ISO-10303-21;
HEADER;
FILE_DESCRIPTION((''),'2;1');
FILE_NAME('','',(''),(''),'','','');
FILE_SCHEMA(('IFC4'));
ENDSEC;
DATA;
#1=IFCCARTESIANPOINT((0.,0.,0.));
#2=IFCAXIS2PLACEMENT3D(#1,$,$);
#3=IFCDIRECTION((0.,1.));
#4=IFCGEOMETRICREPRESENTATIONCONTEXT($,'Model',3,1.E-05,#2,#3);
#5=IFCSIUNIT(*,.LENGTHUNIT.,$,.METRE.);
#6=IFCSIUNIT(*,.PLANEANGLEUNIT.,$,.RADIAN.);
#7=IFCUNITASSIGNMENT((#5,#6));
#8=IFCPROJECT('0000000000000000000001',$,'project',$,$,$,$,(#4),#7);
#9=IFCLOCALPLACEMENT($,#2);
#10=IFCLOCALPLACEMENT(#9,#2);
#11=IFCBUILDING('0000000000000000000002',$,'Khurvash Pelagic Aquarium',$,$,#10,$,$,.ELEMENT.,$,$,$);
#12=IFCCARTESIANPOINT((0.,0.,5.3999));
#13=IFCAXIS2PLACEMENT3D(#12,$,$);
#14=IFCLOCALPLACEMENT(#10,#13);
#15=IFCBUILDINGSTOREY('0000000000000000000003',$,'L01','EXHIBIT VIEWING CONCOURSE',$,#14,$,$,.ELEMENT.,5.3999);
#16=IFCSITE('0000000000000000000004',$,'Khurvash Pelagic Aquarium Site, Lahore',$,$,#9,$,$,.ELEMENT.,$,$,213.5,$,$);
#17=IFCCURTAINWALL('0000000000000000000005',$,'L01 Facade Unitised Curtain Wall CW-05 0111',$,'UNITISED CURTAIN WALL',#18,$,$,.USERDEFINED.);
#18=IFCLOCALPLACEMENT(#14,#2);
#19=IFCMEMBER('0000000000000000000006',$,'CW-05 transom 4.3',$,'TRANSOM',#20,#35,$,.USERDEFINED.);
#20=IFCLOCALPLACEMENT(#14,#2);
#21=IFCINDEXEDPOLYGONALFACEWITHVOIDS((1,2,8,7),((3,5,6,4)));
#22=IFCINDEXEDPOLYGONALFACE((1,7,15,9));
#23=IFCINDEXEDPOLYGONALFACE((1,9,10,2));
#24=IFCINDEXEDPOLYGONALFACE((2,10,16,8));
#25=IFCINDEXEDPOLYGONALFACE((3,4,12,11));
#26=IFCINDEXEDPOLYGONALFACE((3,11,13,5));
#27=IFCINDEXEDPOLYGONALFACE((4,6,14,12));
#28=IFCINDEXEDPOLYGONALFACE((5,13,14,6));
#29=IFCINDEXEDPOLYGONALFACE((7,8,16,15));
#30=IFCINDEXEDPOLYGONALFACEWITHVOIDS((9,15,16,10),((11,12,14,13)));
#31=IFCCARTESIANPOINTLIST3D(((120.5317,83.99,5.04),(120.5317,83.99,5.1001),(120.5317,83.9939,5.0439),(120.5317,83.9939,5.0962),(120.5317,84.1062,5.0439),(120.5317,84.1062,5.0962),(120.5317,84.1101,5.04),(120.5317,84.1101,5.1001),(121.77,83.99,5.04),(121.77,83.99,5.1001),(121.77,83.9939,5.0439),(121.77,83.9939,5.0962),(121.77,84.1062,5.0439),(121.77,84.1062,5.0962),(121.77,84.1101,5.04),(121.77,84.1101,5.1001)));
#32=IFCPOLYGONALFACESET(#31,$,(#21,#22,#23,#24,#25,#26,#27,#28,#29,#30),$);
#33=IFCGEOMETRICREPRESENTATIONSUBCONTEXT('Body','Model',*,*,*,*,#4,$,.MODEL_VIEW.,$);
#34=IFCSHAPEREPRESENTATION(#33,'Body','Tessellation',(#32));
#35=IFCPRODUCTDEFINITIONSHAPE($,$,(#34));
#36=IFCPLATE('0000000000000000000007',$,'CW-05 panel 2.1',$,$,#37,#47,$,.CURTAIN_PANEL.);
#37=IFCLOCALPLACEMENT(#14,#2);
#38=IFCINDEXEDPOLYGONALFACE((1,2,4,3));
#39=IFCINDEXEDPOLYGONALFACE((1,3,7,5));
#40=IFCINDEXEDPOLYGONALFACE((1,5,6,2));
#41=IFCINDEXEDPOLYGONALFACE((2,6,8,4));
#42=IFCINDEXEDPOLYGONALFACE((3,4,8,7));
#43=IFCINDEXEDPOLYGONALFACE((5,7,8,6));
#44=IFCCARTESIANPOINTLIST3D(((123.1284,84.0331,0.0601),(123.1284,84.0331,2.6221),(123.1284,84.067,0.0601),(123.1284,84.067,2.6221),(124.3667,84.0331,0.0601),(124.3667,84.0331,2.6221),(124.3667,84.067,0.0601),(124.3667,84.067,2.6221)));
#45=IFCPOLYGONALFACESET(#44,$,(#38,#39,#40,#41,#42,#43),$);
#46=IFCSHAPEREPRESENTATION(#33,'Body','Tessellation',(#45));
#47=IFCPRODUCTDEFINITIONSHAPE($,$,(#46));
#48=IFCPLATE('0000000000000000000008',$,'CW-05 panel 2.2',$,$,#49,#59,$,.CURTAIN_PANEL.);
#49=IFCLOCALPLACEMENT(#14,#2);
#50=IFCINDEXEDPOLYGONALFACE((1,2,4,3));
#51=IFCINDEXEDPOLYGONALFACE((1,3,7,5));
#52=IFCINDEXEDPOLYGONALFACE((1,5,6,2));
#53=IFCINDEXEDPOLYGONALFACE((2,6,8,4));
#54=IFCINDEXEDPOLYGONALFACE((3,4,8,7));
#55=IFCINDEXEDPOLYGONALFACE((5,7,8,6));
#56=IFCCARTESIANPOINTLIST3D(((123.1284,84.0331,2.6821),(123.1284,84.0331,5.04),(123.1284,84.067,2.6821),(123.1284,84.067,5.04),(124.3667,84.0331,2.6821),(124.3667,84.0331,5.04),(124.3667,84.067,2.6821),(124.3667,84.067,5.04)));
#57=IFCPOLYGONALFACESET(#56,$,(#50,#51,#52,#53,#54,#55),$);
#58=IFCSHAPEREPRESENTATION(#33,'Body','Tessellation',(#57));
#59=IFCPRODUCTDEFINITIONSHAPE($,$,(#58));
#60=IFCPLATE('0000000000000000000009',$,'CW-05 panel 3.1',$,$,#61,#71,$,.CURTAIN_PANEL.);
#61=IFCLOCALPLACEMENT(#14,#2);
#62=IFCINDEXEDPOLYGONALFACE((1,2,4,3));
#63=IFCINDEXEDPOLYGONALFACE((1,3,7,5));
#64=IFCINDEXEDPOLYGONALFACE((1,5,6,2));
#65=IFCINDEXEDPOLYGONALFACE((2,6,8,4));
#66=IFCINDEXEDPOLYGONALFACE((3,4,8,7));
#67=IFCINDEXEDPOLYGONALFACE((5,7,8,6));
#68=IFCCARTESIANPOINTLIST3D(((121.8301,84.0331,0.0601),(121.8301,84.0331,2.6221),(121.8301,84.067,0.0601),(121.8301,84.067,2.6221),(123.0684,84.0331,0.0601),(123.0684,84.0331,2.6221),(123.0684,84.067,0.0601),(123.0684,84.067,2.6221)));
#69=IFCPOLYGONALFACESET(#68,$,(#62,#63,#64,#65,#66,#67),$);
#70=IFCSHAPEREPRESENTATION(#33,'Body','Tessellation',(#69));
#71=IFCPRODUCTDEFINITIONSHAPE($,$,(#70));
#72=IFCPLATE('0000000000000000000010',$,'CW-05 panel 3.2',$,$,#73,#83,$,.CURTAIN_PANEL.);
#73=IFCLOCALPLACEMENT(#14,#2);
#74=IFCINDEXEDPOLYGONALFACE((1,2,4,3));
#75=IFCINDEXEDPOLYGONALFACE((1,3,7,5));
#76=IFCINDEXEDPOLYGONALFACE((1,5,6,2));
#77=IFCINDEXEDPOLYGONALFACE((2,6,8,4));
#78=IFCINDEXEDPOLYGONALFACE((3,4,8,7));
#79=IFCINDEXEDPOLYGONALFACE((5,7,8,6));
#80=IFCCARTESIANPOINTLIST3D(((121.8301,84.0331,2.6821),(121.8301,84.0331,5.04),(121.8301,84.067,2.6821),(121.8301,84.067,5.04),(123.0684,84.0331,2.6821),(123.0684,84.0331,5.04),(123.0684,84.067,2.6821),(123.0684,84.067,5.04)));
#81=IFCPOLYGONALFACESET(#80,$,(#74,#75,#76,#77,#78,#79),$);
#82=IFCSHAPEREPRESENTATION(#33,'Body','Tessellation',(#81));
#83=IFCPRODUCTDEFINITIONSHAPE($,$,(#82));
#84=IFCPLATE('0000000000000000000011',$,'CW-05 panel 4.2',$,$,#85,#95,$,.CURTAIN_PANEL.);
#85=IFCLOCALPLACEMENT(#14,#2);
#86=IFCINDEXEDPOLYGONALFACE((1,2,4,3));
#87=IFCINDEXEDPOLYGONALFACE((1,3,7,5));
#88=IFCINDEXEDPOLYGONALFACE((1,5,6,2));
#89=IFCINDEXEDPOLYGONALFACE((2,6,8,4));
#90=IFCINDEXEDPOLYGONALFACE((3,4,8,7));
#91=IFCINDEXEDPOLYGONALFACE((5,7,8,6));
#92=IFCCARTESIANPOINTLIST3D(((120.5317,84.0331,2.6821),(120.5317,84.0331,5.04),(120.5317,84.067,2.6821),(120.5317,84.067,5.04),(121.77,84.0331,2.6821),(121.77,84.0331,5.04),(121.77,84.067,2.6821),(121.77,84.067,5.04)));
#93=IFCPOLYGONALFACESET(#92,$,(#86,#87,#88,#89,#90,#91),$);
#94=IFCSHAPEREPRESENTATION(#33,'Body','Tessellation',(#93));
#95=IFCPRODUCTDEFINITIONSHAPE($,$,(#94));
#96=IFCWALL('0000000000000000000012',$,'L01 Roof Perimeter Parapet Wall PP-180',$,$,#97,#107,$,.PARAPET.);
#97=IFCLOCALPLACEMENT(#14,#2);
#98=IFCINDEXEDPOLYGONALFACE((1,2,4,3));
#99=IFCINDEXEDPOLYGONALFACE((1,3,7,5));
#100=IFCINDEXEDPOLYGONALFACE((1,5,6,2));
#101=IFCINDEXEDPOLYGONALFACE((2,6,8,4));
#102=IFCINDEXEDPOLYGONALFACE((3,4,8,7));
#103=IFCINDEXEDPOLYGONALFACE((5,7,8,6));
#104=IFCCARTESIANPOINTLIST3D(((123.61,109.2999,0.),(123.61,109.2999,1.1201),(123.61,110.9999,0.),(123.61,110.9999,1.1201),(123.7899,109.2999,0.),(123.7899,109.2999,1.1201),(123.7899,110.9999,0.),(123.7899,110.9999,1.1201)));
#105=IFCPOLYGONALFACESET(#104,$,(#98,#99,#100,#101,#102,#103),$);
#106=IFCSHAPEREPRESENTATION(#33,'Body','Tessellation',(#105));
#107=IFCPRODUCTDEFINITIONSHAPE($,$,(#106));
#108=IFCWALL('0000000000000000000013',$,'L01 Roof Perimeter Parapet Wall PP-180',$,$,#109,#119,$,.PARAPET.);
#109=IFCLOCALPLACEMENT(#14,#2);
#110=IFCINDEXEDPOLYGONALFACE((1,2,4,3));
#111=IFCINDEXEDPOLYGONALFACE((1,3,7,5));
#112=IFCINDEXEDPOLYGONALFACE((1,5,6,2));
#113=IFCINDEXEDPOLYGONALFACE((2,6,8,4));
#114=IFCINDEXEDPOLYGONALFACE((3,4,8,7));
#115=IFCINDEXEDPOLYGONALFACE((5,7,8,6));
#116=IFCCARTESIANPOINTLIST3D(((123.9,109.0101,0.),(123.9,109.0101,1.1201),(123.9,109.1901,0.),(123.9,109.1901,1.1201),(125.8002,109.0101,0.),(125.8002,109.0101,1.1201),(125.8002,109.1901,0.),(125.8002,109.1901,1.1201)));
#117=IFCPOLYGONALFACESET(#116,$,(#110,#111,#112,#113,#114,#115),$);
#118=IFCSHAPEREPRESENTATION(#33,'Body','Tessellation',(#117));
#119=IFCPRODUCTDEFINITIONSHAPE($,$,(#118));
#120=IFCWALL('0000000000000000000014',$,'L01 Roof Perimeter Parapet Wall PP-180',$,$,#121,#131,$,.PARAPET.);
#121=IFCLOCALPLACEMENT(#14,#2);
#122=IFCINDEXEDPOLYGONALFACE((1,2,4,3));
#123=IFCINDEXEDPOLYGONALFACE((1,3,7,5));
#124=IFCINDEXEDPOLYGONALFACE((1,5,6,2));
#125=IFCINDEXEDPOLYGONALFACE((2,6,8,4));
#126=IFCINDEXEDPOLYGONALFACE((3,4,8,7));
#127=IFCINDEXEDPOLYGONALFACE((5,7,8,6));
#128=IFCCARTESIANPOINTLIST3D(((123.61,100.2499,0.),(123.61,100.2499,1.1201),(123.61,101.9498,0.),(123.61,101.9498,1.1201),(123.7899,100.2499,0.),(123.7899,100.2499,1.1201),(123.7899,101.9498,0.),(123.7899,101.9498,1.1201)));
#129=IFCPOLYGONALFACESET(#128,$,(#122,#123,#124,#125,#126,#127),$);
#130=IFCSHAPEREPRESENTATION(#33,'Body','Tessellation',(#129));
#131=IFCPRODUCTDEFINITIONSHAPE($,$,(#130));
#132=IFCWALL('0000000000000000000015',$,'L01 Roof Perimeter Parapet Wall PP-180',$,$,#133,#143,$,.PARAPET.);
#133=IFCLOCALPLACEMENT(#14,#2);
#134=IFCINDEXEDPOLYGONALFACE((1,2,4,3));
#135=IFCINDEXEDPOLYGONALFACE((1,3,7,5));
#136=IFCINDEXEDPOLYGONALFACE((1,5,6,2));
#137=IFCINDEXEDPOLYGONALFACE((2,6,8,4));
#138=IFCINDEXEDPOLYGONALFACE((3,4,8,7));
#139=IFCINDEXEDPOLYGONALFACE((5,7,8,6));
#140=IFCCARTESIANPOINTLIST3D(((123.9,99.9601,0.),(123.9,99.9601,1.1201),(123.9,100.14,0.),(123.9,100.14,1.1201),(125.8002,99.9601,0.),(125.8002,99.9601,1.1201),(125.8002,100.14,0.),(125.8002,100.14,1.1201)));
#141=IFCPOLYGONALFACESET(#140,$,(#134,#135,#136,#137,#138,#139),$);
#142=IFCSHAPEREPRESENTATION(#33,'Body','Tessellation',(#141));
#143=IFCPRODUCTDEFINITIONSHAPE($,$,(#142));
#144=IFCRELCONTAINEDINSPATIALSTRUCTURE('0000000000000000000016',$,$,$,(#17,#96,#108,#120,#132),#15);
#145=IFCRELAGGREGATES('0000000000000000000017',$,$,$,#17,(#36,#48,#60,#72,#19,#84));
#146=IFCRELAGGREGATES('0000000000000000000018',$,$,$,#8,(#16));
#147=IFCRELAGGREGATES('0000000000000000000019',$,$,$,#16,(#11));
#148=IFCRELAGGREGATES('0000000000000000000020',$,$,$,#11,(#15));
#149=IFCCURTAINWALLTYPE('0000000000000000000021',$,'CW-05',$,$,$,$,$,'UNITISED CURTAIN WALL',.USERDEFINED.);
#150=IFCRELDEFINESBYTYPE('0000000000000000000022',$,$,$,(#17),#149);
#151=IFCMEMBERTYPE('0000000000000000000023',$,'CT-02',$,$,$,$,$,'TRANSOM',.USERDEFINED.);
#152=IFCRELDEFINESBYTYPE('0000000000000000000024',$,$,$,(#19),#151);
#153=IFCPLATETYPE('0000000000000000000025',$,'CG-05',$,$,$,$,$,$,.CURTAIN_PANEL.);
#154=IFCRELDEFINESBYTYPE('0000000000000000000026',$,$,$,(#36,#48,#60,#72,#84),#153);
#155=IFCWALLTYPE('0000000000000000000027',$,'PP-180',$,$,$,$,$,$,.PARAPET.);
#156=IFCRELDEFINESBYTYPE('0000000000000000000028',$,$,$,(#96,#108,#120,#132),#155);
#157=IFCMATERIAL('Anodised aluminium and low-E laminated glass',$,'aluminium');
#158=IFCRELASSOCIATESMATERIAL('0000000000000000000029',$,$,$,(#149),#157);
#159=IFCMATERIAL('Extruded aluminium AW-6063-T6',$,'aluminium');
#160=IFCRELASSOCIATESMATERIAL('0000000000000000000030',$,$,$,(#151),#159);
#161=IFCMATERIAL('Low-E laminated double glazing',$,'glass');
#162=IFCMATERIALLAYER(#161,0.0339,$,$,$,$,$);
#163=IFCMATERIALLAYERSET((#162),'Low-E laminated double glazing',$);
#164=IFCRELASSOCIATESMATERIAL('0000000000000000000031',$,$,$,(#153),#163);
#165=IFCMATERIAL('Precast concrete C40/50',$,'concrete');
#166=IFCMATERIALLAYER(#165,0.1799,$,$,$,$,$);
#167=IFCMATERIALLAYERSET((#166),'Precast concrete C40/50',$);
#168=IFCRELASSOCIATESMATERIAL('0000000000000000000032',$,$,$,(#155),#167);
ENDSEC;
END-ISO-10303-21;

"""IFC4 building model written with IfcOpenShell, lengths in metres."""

from ifc_helpers import new_model, si_unit, direction, frame, frame_2d, origin, origin_2d, place, context, subcontext, project, spatial, rectangle, hollow_rectangle, extrude, material, layer, layer_set, material_profile, profile_set, type_object, element, aggregate, save


model = new_model("IFC4")

# Units and contexts
model_context = context("Model", 3, precision=1e-05, world=origin(), true_north=direction((0.0, 1.0)))
body_context = subcontext(model_context, "Body", "Model", "MODEL_VIEW")
ifc_project = project(units=[si_unit("LENGTHUNIT", "METRE"), si_unit("PLANEANGLEUNIT", "RADIAN")], contexts=[model_context])

# Site, building, storey
site_placement = place(None, origin())
site = spatial("IfcSite", under=ifc_project, at=site_placement, Name="Khurvash Pelagic Aquarium Site, Lahore", CompositionType="ELEMENT", RefElevation=213.5)
building_placement = place(site_placement, origin())
building = spatial("IfcBuilding", under=site, at=building_placement, Name="Khurvash Pelagic Aquarium", CompositionType="ELEMENT")
storey_placement = place(building_placement, frame((0.0, 0.0, 5.3999)))
storey = spatial("IfcBuildingStorey", under=building, at=storey_placement, Name="L01", Description="EXHIBIT VIEWING CONCOURSE", CompositionType="ELEMENT", Elevation=5.3999)

# Curtain wall, member, plates
ifc_material_1 = material(Name="Anodised aluminium and low-E laminated glass", Category="aluminium")
curtain_wall_type = type_object("IfcCurtainWallType", Name="CW-05", ElementType="UNITISED CURTAIN WALL", PredefinedType="USERDEFINED", material=ifc_material_1)
curtain_wall_placement = place(storey_placement, origin())
curtain_wall = element("IfcCurtainWall", 1, at=curtain_wall_placement, inside=storey, type_object=curtain_wall_type, Name="L01 Facade Unitised Curtain Wall CW-05 0111", ObjectType="UNITISED CURTAIN WALL", PredefinedType="USERDEFINED")
ifc_material_2 = material(Name="Extruded aluminium AW-6063-T6", Category="aluminium")
ifc_material_profile_1 = material_profile(ifc_material_2, hollow_rectangle(XDim=0.1201, YDim=0.0601, WallThickness=0.0039, at=origin_2d()), Name="CWT120X60X4")
ifc_profile_set_1 = profile_set([ifc_material_profile_1], Name="Extruded aluminium AW-6063-T6")
member_type_1 = type_object("IfcMemberType", Name="CT-02", ElementType="TRANSOM", PredefinedType="USERDEFINED", material=ifc_profile_set_1)
member_1_placement = place(storey_placement, frame((121.77, 84.05, 5.0701), z_axis=(-1.0, 0.0, 0.0), x_axis=(0.0, -1.0, 0.0)))
member_1 = element("IfcMember", 2, at=member_1_placement, type_object=member_type_1, Name="CW-05 transom 4.3", ObjectType="TRANSOM", PredefinedType="USERDEFINED", context=body_context, shape_type="SweptSolid", body=[
    extrude(hollow_rectangle(XDim=0.1201, YDim=0.0601, WallThickness=0.0039, at=origin_2d()), origin(), (0.0, 0.0, 1.0), 1.2383),
])
ifc_material_3 = material(Name="Low-E laminated double glazing", Category="glass")
ifc_layer_1 = layer(ifc_material_3, 0.0339)
ifc_layer_set_1 = layer_set([ifc_layer_1], Name="Low-E laminated double glazing")
plate_type = type_object("IfcPlateType", Name="CG-05", PredefinedType="CURTAIN_PANEL", material=ifc_layer_set_1)
plate_1_placement = place(storey_placement, frame((123.7476, 84.05, 0.0601), z_axis=(0.0, 0.0, 1.0), x_axis=(-1.0, 0.0, 0.0)))
plate_1 = element("IfcPlate", 3, at=plate_1_placement, type_object=plate_type, Name="CW-05 panel 2.1", PredefinedType="CURTAIN_PANEL", context=body_context, shape_type="SweptSolid", body=[
    extrude(rectangle(XDim=1.2383, YDim=0.0339, at=origin_2d()), origin(), (0.0, 0.0, 1.0), 2.562),
])
plate_2_placement = place(storey_placement, frame((123.7476, 84.05, 2.6821), z_axis=(0.0, 0.0, 1.0), x_axis=(-1.0, 0.0, 0.0)))
plate_2 = element("IfcPlate", 4, at=plate_2_placement, type_object=plate_type, Name="CW-05 panel 2.2", PredefinedType="CURTAIN_PANEL", context=body_context, shape_type="SweptSolid", body=[
    extrude(rectangle(XDim=1.2383, YDim=0.0339, at=origin_2d()), origin(), (0.0, 0.0, 1.0), 2.3579),
])
plate_3_placement = place(storey_placement, frame((122.4492, 84.05, 0.0601), z_axis=(0.0, 0.0, 1.0), x_axis=(-1.0, 0.0, 0.0)))
plate_3 = element("IfcPlate", 5, at=plate_3_placement, type_object=plate_type, Name="CW-05 panel 3.1", PredefinedType="CURTAIN_PANEL", context=body_context, shape_type="SweptSolid", body=[
    extrude(rectangle(XDim=1.2383, YDim=0.0339, at=origin_2d()), origin(), (0.0, 0.0, 1.0), 2.562),
])
plate_4_placement = place(storey_placement, frame((122.4492, 84.05, 2.6821), z_axis=(0.0, 0.0, 1.0), x_axis=(-1.0, 0.0, 0.0)))
plate_4 = element("IfcPlate", 6, at=plate_4_placement, type_object=plate_type, Name="CW-05 panel 3.2", PredefinedType="CURTAIN_PANEL", context=body_context, shape_type="SweptSolid", body=[
    extrude(rectangle(XDim=1.2383, YDim=0.0339, at=origin_2d()), origin(), (0.0, 0.0, 1.0), 2.3579),
])
plate_5_placement = place(storey_placement, frame((121.1509, 84.05, 2.6821), z_axis=(0.0, 0.0, 1.0), x_axis=(-1.0, 0.0, 0.0)))
plate_5 = element("IfcPlate", 7, at=plate_5_placement, type_object=plate_type, Name="CW-05 panel 4.2", PredefinedType="CURTAIN_PANEL", context=body_context, shape_type="SweptSolid", body=[
    extrude(rectangle(XDim=1.2383, YDim=0.0339, at=origin_2d()), origin(), (0.0, 0.0, 1.0), 2.3579),
])
aggregate(curtain_wall, [plate_1, plate_2, plate_3, plate_4, member_1, plate_5])

# Walls
ifc_material_4 = material(Name="Precast concrete C40/50", Category="concrete")
ifc_layer_2 = layer(ifc_material_4, 0.1799)
ifc_layer_set_2 = layer_set([ifc_layer_2], Name="Precast concrete C40/50")
wall_type = type_object("IfcWallType", Name="PP-180", PredefinedType="PARAPET", material=ifc_layer_set_2)
wall_1_placement = place(storey_placement, frame((123.7, 111.0, 0.0), z_axis=(0.0, 0.0, 1.0), x_axis=(0.0, -1.0, 0.0)))
element("IfcWall", 8, at=wall_1_placement, inside=storey, type_object=wall_type, Name="L01 Roof Perimeter Parapet Wall PP-180", PredefinedType="PARAPET", context=body_context, shape_type="SweptSolid", body=[
    extrude(rectangle(XDim=1.7, YDim=0.1799, at=frame_2d((0.8501, 0.0))), origin(), (0.0, 0.0, 1.0), 1.1201),
])
wall_2_placement = place(storey_placement, frame((123.8999, 109.1001, 0.0), z_axis=(0.0, 0.0, 1.0), x_axis=(1.0, 0.0, 0.0)))
element("IfcWall", 9, at=wall_2_placement, inside=storey, type_object=wall_type, Name="L01 Roof Perimeter Parapet Wall PP-180", PredefinedType="PARAPET", context=body_context, shape_type="SweptSolid", body=[
    extrude(rectangle(XDim=1.9001, YDim=0.1799, at=frame_2d((0.9502, 0.0))), origin(), (0.0, 0.0, 1.0), 1.1201),
])
wall_3_placement = place(storey_placement, frame((123.7, 101.95, 0.0), z_axis=(0.0, 0.0, 1.0), x_axis=(0.0, -1.0, 0.0)))
element("IfcWall", 10, at=wall_3_placement, inside=storey, type_object=wall_type, Name="L01 Roof Perimeter Parapet Wall PP-180", PredefinedType="PARAPET", context=body_context, shape_type="SweptSolid", body=[
    extrude(rectangle(XDim=1.7, YDim=0.1799, at=frame_2d((0.8501, 0.0))), origin(), (0.0, 0.0, 1.0), 1.1201),
])
wall_4_placement = place(storey_placement, frame((123.8999, 100.05, 0.0), z_axis=(0.0, 0.0, 1.0), x_axis=(1.0, 0.0, 0.0)))
element("IfcWall", 11, at=wall_4_placement, inside=storey, type_object=wall_type, Name="L01 Roof Perimeter Parapet Wall PP-180", PredefinedType="PARAPET", context=body_context, shape_type="SweptSolid", body=[
    extrude(rectangle(XDim=1.9001, YDim=0.1799, at=frame_2d((0.9502, 0.0))), origin(), (0.0, 0.0, 1.0), 1.1201),
])

save(model, "model.ifc")
